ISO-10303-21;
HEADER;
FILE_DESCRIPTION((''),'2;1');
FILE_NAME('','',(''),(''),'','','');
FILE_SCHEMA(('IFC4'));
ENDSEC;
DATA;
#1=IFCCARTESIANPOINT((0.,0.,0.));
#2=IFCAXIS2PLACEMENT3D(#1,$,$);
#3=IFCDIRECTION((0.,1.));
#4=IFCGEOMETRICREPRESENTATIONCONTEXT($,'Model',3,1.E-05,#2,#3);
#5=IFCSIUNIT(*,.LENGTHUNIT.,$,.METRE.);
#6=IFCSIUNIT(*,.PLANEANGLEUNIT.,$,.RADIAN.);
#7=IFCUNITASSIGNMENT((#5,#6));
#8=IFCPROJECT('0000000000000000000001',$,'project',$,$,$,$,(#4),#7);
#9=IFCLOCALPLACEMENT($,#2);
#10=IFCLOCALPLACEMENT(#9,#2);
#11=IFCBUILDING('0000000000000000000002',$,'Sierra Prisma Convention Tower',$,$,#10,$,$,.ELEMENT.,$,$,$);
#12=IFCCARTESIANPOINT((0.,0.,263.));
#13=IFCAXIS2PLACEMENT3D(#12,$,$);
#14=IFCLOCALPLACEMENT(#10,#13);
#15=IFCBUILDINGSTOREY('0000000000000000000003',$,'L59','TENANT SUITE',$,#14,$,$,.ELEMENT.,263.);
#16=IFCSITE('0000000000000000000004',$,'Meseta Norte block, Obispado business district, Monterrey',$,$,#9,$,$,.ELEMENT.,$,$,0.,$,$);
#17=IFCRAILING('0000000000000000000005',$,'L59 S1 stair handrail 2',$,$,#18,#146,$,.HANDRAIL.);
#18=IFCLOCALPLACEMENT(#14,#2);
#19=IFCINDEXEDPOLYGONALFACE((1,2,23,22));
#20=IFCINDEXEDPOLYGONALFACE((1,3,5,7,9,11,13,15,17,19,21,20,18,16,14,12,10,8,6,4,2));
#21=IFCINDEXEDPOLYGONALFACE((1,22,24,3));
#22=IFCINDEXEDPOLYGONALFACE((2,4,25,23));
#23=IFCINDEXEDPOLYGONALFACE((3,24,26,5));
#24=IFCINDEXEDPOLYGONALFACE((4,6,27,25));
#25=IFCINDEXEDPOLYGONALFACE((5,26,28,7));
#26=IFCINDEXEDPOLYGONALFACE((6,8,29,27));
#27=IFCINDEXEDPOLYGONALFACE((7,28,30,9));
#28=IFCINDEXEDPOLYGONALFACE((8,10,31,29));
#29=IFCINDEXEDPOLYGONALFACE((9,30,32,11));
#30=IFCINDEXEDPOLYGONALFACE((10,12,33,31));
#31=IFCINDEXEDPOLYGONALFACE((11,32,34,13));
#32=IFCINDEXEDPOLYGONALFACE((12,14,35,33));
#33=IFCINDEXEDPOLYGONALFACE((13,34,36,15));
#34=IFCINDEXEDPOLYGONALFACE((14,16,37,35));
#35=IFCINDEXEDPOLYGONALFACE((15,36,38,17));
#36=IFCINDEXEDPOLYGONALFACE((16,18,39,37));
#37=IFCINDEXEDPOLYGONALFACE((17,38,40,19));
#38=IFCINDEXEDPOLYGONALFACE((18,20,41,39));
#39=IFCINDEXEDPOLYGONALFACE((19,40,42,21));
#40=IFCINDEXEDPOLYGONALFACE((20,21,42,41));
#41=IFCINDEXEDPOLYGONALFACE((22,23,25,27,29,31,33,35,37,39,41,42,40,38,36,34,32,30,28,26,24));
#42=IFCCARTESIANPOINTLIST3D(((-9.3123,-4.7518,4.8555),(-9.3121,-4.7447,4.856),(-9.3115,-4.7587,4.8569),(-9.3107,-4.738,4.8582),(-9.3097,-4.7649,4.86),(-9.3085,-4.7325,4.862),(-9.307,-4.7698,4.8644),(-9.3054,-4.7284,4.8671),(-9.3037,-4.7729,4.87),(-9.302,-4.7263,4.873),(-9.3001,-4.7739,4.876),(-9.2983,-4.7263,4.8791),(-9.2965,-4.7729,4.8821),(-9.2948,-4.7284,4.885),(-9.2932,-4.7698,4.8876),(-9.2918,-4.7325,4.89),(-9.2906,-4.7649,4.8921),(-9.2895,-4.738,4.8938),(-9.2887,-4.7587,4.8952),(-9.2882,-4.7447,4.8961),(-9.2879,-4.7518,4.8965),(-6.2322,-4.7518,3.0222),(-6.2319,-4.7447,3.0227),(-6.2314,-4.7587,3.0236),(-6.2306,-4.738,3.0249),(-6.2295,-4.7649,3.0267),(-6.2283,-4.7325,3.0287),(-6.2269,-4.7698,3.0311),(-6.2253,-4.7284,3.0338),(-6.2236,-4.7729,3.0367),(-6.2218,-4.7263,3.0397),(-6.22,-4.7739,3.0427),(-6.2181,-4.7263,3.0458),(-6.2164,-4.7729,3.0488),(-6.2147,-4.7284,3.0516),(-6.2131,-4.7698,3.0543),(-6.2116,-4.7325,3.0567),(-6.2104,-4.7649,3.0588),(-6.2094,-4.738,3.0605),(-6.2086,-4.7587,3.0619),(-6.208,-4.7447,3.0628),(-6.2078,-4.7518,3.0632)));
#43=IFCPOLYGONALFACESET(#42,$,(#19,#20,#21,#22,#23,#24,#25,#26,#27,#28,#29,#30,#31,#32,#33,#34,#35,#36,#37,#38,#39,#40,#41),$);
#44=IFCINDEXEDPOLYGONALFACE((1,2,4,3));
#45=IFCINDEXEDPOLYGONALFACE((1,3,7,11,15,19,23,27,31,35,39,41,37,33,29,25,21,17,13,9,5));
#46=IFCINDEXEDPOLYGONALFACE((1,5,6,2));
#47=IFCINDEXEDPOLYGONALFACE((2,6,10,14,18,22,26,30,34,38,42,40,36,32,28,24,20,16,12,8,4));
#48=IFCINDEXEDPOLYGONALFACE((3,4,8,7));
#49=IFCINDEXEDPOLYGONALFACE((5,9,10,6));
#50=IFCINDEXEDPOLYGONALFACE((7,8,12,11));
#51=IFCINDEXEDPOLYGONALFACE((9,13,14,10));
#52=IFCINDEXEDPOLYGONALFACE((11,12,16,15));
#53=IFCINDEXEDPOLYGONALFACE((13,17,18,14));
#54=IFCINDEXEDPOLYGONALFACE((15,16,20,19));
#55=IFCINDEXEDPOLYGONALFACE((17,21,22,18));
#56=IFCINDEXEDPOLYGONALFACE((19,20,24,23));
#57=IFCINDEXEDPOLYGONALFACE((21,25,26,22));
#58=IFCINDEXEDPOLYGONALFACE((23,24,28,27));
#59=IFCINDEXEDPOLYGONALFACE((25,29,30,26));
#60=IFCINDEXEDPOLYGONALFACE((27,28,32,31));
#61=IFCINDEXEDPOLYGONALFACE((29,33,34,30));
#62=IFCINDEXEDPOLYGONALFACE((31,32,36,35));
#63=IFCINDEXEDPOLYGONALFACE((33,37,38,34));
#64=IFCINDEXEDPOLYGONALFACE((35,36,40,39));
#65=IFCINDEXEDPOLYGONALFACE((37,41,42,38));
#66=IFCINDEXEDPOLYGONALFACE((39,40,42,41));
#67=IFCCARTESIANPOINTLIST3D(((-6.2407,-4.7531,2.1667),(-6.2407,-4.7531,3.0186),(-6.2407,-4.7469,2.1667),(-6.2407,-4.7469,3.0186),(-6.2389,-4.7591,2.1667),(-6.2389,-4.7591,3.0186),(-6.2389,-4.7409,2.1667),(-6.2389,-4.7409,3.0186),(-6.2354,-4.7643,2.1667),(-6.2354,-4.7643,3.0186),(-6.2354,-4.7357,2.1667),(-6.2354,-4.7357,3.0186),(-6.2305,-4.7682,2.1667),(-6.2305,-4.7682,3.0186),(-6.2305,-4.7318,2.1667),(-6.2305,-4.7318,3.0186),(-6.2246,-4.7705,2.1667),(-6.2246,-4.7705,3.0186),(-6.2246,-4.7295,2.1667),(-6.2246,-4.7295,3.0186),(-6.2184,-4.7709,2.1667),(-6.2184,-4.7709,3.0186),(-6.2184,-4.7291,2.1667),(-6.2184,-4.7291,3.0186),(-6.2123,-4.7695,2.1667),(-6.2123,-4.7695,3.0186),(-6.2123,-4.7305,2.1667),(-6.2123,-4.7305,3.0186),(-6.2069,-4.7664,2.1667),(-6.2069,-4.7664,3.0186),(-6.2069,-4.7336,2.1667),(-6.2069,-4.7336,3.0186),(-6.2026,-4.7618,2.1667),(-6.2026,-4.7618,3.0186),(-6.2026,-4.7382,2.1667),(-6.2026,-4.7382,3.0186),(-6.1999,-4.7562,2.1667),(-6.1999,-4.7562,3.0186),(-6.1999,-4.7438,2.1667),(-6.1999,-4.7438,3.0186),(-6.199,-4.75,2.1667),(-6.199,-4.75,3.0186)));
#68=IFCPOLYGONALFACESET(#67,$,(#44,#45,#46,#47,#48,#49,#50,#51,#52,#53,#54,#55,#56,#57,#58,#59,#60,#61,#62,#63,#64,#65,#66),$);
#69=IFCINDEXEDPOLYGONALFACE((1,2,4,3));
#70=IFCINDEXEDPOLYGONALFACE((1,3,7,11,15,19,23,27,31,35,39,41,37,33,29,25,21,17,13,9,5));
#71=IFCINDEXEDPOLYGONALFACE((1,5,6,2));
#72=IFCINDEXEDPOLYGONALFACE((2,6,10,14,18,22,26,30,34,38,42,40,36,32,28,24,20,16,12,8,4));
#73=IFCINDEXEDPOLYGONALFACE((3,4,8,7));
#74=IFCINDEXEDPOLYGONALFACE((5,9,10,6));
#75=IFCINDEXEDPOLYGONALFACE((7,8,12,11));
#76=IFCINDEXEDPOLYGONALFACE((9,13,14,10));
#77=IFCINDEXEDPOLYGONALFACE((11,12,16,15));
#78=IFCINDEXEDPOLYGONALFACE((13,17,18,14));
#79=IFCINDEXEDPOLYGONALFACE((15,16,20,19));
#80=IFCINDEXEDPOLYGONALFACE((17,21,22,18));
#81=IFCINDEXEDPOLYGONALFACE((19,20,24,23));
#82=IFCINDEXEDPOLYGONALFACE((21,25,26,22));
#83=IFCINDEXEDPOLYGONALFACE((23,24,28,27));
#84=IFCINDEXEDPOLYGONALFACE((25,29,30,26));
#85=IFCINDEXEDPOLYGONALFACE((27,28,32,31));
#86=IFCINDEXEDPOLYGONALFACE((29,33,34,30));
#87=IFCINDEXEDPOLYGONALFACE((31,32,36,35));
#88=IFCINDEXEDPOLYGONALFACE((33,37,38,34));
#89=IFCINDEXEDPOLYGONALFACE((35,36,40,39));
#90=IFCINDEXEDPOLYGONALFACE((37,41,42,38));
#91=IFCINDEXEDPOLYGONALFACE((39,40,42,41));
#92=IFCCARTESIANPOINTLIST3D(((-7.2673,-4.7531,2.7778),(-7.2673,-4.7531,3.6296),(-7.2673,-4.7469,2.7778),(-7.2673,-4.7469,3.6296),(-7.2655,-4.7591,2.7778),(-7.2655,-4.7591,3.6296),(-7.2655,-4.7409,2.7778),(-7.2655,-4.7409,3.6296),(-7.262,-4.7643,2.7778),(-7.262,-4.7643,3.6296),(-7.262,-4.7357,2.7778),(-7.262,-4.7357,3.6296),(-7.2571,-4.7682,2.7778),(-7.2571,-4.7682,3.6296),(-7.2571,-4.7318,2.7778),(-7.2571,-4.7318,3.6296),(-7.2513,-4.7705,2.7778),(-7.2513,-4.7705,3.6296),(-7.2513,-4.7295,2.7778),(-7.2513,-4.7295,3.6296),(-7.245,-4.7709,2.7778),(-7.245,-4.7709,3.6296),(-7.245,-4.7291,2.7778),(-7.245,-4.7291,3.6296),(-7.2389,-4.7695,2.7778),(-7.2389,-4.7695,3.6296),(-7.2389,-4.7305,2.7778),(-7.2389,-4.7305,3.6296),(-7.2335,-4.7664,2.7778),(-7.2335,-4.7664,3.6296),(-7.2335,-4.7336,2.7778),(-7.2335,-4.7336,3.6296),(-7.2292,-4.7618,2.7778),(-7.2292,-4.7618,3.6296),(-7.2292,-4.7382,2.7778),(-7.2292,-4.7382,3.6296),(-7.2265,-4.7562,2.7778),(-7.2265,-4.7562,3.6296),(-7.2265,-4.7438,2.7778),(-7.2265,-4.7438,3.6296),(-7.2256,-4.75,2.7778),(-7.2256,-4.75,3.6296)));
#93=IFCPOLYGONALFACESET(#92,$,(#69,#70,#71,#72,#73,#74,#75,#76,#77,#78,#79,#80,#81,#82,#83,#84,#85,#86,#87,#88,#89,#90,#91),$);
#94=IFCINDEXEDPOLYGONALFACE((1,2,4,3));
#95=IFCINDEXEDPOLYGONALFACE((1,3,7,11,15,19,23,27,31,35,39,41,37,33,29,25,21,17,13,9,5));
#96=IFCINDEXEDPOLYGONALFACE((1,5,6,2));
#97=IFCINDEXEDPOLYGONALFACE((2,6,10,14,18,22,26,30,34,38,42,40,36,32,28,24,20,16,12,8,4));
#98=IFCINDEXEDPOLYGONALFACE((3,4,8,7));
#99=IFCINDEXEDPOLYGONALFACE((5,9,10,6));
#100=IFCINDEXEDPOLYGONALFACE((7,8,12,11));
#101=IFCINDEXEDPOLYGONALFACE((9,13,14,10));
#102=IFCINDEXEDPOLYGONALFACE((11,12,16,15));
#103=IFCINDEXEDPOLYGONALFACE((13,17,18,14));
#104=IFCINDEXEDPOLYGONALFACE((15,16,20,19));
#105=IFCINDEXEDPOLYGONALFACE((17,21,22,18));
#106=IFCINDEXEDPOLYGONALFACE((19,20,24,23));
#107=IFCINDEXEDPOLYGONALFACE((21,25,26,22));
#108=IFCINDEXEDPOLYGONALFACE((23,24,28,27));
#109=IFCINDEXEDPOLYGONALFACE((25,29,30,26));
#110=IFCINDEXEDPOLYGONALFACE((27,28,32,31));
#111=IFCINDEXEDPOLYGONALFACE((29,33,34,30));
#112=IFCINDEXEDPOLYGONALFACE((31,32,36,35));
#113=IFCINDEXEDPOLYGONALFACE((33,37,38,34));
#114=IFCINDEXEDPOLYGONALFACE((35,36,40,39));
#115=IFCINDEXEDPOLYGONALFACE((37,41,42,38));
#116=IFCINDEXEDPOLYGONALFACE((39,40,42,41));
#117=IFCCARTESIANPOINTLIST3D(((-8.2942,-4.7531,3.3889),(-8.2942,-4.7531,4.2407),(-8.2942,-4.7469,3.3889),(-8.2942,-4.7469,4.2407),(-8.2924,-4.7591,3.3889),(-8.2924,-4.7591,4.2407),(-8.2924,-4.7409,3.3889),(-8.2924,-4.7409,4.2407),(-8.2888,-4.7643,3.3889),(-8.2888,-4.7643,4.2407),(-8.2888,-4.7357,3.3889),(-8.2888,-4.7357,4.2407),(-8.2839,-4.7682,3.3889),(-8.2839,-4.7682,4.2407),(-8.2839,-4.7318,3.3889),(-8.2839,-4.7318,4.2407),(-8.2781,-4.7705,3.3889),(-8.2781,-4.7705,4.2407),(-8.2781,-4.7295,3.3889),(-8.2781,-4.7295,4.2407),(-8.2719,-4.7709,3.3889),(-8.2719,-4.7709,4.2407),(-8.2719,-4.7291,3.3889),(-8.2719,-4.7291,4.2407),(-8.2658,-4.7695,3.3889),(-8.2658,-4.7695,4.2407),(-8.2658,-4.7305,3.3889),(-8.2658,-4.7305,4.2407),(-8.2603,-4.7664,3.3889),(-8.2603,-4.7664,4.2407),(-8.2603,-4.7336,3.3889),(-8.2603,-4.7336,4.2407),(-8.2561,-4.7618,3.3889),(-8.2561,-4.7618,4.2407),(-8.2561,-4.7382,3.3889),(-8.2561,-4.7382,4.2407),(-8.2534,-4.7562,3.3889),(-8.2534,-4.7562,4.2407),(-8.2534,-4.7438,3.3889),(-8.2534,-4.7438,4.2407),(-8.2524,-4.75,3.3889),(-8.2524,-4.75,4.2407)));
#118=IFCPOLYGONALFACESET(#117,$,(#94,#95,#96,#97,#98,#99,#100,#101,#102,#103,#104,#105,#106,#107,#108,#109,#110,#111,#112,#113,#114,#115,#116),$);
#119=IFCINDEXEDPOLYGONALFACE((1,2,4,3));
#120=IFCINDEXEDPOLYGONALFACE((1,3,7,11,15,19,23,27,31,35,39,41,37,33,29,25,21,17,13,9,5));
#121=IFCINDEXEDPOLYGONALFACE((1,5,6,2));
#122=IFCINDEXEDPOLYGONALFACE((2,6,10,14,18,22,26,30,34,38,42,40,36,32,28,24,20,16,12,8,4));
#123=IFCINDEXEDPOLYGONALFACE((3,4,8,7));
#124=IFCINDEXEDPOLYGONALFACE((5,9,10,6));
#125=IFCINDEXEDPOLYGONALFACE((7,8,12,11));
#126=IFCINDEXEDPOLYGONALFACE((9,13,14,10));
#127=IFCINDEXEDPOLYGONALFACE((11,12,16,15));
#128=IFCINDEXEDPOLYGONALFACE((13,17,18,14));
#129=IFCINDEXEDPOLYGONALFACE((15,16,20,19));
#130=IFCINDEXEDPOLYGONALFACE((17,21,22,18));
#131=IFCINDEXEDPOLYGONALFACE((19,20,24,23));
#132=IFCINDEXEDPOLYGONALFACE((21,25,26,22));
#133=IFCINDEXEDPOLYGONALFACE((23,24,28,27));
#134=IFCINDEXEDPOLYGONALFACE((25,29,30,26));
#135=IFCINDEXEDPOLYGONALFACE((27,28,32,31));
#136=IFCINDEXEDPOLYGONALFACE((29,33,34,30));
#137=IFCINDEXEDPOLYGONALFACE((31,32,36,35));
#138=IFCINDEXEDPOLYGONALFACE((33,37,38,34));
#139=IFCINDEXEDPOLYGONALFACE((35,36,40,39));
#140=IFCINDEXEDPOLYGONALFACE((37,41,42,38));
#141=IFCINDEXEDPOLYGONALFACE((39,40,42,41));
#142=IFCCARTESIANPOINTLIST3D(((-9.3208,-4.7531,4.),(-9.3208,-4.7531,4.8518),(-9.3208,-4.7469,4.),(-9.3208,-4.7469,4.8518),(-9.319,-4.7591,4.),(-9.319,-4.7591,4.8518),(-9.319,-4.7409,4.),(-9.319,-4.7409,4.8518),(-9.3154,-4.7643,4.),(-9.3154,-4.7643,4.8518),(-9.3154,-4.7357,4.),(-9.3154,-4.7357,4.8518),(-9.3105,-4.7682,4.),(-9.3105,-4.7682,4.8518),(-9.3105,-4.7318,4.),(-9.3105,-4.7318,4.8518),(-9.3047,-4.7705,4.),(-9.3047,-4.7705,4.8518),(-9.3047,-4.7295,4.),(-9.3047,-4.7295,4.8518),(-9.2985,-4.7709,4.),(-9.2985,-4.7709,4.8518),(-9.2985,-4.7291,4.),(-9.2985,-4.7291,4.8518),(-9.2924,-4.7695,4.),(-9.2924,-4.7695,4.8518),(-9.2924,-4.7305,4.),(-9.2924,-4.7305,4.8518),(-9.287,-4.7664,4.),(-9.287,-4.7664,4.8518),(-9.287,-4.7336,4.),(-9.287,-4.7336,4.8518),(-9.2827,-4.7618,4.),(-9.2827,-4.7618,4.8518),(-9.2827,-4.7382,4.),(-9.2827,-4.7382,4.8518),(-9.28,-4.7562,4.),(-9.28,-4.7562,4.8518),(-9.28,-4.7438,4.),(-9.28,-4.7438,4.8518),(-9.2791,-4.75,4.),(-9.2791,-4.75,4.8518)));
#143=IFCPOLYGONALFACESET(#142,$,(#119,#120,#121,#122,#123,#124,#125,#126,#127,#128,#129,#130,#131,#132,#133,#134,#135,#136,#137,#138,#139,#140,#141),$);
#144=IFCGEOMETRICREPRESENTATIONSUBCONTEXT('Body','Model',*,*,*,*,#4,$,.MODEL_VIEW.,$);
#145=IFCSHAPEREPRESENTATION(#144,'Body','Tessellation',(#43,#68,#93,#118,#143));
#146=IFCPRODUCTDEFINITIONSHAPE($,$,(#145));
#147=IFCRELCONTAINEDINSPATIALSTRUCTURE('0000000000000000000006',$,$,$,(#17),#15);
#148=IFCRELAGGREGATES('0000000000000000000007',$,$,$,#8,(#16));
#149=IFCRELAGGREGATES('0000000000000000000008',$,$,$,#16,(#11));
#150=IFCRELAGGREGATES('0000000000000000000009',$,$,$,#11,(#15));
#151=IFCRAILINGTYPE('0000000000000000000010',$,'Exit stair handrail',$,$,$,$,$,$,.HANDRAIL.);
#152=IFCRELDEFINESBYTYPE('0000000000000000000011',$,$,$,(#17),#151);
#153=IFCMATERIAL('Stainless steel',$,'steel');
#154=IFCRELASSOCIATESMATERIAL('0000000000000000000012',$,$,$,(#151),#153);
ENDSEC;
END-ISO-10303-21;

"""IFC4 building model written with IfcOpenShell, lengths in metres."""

from ifc_helpers import new_model, si_unit, direction, frame, origin, origin_2d, place, context, subcontext, project, spatial, circle, extrude, material, type_object, element, save


model = new_model("IFC4")

# Units and contexts
model_context = context("Model", 3, precision=1e-05, world=origin(), true_north=direction((0.0, 1.0)))
body_context = subcontext(model_context, "Body", "Model", "MODEL_VIEW")
ifc_project = project(units=[si_unit("LENGTHUNIT", "METRE"), si_unit("PLANEANGLEUNIT", "RADIAN")], contexts=[model_context])

# Site, building, storey
site_placement = place(None, origin())
site = spatial("IfcSite", under=ifc_project, at=site_placement, Name="Meseta Norte block, Obispado business district, Monterrey", CompositionType="ELEMENT", RefElevation=0.0)
building_placement = place(site_placement, origin())
building = spatial("IfcBuilding", under=site, at=building_placement, Name="Sierra Prisma Convention Tower", CompositionType="ELEMENT")
storey_placement = place(building_placement, frame((0.0, 0.0, 263.0)))
storey = spatial("IfcBuildingStorey", under=building, at=storey_placement, Name="L59", Description="TENANT SUITE", CompositionType="ELEMENT", Elevation=263.0)

# Railing
ifc_material_1 = material(Name="Stainless steel", Category="steel")
railing_type_1 = type_object("IfcRailingType", Name="Exit stair handrail", PredefinedType="HANDRAIL", material=ifc_material_1)
railing_1_placement = place(storey_placement, frame((-6.22, -4.75, 2.1667)))
element("IfcRailing", 1, at=railing_1_placement, inside=storey, type_object=railing_type_1, Name="L59 S1 stair handrail 2", PredefinedType="HANDRAIL", context=body_context, shape_type="SweptSolid", body=[
    extrude(circle(Radius=0.0239, at=origin_2d()), frame((0.0, 0.0, 0.876), z_axis=(-0.859309, 0.0, 0.511458), x_axis=(0.0, -1.0, 0.0)), (0.0, 0.0, 1.0), 3.5845),
    extrude(circle(Radius=0.021, at=origin_2d()), origin(), (0.0, 0.0, 1.0), 0.8518),
    extrude(circle(Radius=0.021, at=origin_2d()), frame((-1.0266, 0.0, 0.6111)), (0.0, 0.0, 1.0), 0.8518),
    extrude(circle(Radius=0.021, at=origin_2d()), frame((-2.0535, 0.0, 1.2222)), (0.0, 0.0, 1.0), 0.8518),
    extrude(circle(Radius=0.021, at=origin_2d()), frame((-3.0801, 0.0, 1.8333)), (0.0, 0.0, 1.0), 0.8518),
])

save(model, "model.ifc")
